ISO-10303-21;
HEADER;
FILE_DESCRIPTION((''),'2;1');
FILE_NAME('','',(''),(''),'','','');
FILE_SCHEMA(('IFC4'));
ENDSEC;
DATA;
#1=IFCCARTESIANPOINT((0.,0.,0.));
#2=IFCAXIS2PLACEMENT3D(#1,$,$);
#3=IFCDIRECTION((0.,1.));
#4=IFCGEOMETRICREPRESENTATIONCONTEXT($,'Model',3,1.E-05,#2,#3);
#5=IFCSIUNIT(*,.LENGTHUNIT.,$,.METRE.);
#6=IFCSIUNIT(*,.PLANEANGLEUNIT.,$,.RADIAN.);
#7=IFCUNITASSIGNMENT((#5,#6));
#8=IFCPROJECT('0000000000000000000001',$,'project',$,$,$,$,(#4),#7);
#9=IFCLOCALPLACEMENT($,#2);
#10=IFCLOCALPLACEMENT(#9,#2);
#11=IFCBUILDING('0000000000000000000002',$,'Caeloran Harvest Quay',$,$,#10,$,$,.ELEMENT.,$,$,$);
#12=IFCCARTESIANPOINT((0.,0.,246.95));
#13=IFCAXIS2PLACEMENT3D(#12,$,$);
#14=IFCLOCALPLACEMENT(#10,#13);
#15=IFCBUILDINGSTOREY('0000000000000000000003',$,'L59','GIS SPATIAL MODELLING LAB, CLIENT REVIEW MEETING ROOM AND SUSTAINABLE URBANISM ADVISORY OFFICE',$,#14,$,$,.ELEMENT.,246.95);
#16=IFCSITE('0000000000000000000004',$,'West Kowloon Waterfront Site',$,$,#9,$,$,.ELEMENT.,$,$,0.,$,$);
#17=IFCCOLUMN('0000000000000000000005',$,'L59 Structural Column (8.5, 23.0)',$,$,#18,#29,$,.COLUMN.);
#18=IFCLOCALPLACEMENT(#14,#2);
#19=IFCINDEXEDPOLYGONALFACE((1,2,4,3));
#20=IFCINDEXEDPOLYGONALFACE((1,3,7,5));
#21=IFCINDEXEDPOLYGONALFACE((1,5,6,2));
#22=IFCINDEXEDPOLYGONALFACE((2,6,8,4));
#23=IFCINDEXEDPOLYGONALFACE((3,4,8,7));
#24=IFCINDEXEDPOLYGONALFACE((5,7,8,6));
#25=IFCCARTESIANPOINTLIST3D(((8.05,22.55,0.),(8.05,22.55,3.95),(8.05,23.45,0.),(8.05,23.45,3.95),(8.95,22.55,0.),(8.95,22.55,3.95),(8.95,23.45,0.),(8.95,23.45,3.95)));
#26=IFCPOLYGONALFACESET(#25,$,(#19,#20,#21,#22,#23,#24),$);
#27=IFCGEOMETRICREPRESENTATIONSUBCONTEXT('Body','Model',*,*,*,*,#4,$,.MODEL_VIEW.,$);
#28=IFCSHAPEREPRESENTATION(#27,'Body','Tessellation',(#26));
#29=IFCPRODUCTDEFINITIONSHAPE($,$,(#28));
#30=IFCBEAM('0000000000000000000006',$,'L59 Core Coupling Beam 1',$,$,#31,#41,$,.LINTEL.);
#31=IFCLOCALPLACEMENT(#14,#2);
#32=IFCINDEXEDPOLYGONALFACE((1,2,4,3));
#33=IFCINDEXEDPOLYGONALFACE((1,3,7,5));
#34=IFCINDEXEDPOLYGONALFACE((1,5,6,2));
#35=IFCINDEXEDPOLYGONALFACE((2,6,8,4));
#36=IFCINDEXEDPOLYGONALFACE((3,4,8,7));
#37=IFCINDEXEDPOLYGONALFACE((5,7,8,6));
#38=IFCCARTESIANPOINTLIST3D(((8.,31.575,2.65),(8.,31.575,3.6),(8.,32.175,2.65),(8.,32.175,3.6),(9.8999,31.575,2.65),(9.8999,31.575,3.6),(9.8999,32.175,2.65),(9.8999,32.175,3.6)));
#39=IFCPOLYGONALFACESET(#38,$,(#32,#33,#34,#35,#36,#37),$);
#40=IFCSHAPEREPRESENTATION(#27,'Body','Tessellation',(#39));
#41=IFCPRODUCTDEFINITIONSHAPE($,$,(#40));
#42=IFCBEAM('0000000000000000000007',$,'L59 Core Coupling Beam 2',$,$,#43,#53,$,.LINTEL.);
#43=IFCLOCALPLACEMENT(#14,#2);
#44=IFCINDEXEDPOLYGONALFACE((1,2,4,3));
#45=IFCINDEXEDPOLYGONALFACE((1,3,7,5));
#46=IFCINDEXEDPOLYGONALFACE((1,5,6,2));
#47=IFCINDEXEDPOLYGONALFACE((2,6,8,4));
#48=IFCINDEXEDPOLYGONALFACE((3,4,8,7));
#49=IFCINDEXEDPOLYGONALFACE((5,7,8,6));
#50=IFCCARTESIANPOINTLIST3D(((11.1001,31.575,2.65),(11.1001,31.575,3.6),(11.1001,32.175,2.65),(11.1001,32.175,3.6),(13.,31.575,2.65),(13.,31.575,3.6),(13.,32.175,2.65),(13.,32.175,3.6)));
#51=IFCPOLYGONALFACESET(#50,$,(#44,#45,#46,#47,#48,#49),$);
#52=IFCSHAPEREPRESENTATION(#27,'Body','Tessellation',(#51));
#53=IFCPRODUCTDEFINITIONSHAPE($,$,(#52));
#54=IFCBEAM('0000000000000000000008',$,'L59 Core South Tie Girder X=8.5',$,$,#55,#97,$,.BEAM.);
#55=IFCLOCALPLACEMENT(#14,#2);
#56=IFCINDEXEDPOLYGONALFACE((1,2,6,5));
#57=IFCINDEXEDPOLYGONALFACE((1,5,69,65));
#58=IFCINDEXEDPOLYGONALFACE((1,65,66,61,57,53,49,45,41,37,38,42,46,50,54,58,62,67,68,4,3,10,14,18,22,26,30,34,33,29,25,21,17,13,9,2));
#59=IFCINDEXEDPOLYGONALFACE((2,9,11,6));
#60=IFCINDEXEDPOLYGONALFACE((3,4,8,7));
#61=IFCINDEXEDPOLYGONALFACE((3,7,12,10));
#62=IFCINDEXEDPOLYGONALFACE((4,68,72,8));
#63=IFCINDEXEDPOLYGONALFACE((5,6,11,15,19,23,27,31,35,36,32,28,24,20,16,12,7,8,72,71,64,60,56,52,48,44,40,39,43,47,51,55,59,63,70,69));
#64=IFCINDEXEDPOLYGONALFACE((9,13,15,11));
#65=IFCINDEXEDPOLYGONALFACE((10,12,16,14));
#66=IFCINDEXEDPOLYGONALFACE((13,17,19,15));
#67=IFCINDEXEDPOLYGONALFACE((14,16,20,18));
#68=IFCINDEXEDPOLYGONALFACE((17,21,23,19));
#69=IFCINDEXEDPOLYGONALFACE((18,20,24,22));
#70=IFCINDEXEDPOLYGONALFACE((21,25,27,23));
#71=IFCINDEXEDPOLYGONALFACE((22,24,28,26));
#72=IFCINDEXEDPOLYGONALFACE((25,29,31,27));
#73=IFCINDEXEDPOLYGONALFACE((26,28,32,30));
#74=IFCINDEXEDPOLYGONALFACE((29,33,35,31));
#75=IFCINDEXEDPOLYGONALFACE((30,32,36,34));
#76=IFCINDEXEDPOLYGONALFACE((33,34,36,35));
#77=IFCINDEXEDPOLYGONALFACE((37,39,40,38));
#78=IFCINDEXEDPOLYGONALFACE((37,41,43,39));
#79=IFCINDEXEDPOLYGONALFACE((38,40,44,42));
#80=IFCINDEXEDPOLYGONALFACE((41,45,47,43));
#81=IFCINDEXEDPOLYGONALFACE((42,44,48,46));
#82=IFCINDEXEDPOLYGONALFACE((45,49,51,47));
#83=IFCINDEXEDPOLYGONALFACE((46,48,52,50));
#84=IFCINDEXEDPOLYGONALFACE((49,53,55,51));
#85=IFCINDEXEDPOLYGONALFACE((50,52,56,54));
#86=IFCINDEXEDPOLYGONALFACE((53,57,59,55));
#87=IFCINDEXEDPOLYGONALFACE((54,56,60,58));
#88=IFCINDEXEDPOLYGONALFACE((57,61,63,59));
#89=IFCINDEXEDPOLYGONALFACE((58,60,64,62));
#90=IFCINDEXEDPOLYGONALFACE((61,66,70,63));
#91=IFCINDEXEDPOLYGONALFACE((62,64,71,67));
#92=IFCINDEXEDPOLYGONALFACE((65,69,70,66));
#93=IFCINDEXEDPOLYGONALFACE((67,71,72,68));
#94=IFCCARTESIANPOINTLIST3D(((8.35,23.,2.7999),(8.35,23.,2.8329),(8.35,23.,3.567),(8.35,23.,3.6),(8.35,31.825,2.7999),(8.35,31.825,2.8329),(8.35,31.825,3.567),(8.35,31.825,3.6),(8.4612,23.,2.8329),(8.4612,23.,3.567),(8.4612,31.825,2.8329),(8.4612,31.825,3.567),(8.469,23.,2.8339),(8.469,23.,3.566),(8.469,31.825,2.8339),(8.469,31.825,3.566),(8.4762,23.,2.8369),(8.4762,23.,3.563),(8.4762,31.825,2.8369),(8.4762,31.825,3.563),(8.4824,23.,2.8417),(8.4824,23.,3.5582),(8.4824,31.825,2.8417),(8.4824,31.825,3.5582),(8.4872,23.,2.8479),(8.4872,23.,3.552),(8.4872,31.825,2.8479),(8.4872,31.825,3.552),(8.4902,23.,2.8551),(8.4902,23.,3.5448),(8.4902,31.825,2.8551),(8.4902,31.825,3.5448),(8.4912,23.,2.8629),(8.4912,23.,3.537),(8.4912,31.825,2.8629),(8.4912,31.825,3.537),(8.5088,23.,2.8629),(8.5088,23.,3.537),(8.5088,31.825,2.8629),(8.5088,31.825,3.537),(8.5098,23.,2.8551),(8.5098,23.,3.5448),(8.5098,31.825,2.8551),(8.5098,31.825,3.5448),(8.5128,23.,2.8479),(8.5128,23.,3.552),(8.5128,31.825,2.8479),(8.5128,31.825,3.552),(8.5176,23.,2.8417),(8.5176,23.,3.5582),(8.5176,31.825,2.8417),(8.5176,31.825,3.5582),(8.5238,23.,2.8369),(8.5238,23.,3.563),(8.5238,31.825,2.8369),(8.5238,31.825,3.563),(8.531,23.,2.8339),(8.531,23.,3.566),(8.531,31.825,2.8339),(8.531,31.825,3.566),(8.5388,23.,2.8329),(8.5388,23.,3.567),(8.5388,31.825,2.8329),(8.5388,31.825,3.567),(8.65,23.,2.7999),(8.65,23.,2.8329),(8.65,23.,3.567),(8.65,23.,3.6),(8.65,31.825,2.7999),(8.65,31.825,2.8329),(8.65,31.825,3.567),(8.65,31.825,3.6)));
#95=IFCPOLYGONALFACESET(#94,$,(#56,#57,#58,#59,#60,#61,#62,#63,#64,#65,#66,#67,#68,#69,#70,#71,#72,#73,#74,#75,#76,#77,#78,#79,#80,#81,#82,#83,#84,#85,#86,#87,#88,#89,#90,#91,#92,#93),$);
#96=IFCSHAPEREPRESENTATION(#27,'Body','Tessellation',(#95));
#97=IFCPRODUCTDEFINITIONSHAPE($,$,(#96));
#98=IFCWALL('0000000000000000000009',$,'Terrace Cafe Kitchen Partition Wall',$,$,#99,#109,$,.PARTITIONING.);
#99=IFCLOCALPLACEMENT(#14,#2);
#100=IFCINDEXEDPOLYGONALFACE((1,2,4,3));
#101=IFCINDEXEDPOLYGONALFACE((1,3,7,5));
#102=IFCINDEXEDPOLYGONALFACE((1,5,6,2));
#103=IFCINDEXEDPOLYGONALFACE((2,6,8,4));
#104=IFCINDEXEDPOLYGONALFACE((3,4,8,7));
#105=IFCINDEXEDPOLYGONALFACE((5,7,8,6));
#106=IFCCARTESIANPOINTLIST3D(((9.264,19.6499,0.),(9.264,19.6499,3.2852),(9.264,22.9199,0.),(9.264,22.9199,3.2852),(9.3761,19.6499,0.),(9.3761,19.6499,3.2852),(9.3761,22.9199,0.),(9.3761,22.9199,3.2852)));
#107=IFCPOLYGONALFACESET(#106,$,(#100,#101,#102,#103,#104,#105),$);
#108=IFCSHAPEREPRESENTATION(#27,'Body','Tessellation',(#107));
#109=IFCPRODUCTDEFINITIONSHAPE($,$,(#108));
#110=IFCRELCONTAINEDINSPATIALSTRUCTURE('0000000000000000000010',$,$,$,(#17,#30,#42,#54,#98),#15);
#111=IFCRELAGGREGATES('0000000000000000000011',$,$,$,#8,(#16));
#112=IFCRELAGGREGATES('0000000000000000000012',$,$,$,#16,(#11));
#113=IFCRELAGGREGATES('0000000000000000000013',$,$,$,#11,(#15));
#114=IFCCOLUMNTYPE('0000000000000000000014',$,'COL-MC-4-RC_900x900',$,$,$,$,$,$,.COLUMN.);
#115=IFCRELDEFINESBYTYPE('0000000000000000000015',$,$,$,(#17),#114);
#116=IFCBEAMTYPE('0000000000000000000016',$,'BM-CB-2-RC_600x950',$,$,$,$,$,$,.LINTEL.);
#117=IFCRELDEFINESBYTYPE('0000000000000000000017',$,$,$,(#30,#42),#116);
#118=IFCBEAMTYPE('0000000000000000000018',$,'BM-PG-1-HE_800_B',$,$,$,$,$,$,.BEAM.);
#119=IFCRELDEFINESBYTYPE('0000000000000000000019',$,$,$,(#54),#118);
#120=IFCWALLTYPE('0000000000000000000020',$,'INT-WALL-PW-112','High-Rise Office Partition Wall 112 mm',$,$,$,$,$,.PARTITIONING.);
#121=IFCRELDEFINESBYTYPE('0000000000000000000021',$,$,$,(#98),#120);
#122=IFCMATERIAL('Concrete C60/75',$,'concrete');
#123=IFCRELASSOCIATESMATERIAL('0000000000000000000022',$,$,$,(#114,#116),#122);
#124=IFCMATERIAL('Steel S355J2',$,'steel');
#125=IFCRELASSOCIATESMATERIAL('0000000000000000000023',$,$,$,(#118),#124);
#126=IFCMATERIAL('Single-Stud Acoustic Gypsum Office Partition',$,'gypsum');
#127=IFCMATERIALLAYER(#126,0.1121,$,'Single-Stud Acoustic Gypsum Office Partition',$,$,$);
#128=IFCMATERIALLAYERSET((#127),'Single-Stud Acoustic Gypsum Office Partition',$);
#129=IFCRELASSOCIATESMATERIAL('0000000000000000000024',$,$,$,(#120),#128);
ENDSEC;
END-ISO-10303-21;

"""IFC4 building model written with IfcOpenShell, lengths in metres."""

from ifc_helpers import new_model, si_unit, direction, frame, frame_2d, origin, origin_2d, place, context, subcontext, project, spatial, rectangle, i_section, extrude, material, layer, layer_set, material_profile, profile_set, type_object, element, save


model = new_model("IFC4")

# Units and contexts
model_context = context("Model", 3, precision=1e-05, world=origin(), true_north=direction((0.0, 1.0)))
body_context = subcontext(model_context, "Body", "Model", "MODEL_VIEW")
ifc_project = project(units=[si_unit("LENGTHUNIT", "METRE"), si_unit("PLANEANGLEUNIT", "RADIAN")], contexts=[model_context])

# Site, building, storey
site_placement = place(None, origin())
site = spatial("IfcSite", under=ifc_project, at=site_placement, Name="West Kowloon Waterfront Site", CompositionType="ELEMENT", RefElevation=0.0)
building_placement = place(site_placement, origin())
building = spatial("IfcBuilding", under=site, at=building_placement, Name="Caeloran Harvest Quay", CompositionType="ELEMENT")
storey_placement = place(building_placement, frame((0.0, 0.0, 246.95)))
storey = spatial("IfcBuildingStorey", under=building, at=storey_placement, Name="L59", Description="GIS SPATIAL MODELLING LAB, CLIENT REVIEW MEETING ROOM AND SUSTAINABLE URBANISM ADVISORY OFFICE", CompositionType="ELEMENT", Elevation=246.95)

# Column
ifc_material_1 = material(Name="Concrete C60/75", Category="concrete")
ifc_material_profile_1 = material_profile(ifc_material_1, rectangle(XDim=0.8999, YDim=0.8999, at=origin_2d()), Name="RC 900x900")
ifc_profile_set_1 = profile_set([ifc_material_profile_1], Name="Concrete C60/75")
column_type = type_object("IfcColumnType", Name="COL-MC-4-RC_900x900", PredefinedType="COLUMN", material=ifc_profile_set_1)
column_placement = place(storey_placement, frame((8.5, 23.0, 0.0), z_axis=(0.0, 0.0, 1.0), x_axis=(1.0, 0.0, 0.0)))
element("IfcColumn", 1, at=column_placement, inside=storey, type_object=column_type, Name="L59 Structural Column (8.5, 23.0)", PredefinedType="COLUMN", context=body_context, shape_type="SweptSolid", body=[
    extrude(rectangle(XDim=0.8999, YDim=0.8999, at=origin_2d()), origin(), (0.0, 0.0, 1.0), 3.95),
])

# Beams
ifc_material_profile_2 = material_profile(ifc_material_1, rectangle(XDim=0.6001, YDim=0.95, at=origin_2d()), Name="RC 600x950")
ifc_profile_set_2 = profile_set([ifc_material_profile_2], Name="Concrete C60/75")
beam_type_1 = type_object("IfcBeamType", Name="BM-CB-2-RC_600x950", PredefinedType="LINTEL", material=ifc_profile_set_2)
for number, where, z_axis, x_axis, name in (
    (2, (8.0, 31.875, 3.125), (1.0, 0.0, 0.0), (0.0, 1.0, 0.0), "L59 Core Coupling Beam 1"),
    (3, (11.1001, 31.875, 3.125), (1.0, 0.0, 0.0), (0.0, 1.0, 0.0), "L59 Core Coupling Beam 2"),
):
    element("IfcBeam", number, at=place(storey_placement, frame(where, z_axis=z_axis, x_axis=x_axis)), inside=storey, type_object=beam_type_1, Name=name, PredefinedType="LINTEL", context=body_context, shape_type="SweptSolid", body=[
        extrude(rectangle(XDim=0.6001, YDim=0.95, at=origin_2d()), origin(), (0.0, 0.0, 1.0), 1.8999),
    ])
ifc_material_2 = material(Name="Steel S355J2", Category="steel")
ifc_material_profile_3 = material_profile(ifc_material_2, i_section(OverallWidth=0.3, OverallDepth=0.8, WebThickness=0.0176, FlangeThickness=0.033, FilletRadius=0.03, at=origin_2d()), Name="HE 800 B")
ifc_profile_set_3 = profile_set([ifc_material_profile_3], Name="Steel S355J2")
beam_type_2 = type_object("IfcBeamType", Name="BM-PG-1-HE_800_B", PredefinedType="BEAM", material=ifc_profile_set_3)
beam_placement = place(storey_placement, frame((8.5, 23.0, 3.2), z_axis=(0.0, 1.0, 0.0), x_axis=(-1.0, 0.0, 0.0)))
element("IfcBeam", 4, at=beam_placement, inside=storey, type_object=beam_type_2, Name="L59 Core South Tie Girder X=8.5", PredefinedType="BEAM", context=body_context, shape_type="SweptSolid", body=[
    extrude(i_section(OverallWidth=0.3, OverallDepth=0.8, WebThickness=0.0176, FlangeThickness=0.033, FilletRadius=0.03, at=origin_2d()), origin(), (0.0, 0.0, 1.0), 8.825),
])

# Wall
ifc_material_3 = material(Name="Single-Stud Acoustic Gypsum Office Partition", Category="gypsum")
ifc_layer_1 = layer(ifc_material_3, 0.1121, Name="Single-Stud Acoustic Gypsum Office Partition")
ifc_layer_set_1 = layer_set([ifc_layer_1], Name="Single-Stud Acoustic Gypsum Office Partition")
wall_type_1 = type_object("IfcWallType", Name="INT-WALL-PW-112", Description="High-Rise Office Partition Wall 112 mm", PredefinedType="PARTITIONING", material=ifc_layer_set_1)
wall_1_placement = place(storey_placement, frame((9.3201, 22.9199, 0.0), z_axis=(0.0, 0.0, 1.0), x_axis=(0.0, -1.0, 0.0)))
element("IfcWall", 5, at=wall_1_placement, inside=storey, type_object=wall_type_1, Name="Terrace Cafe Kitchen Partition Wall", PredefinedType="PARTITIONING", context=body_context, shape_type="SweptSolid", body=[
    extrude(rectangle(XDim=3.27, YDim=0.1121, at=frame_2d((1.635, 0.0))), origin(), (0.0, 0.0, 1.0), 3.2852),
])

save(model, "model.ifc")
